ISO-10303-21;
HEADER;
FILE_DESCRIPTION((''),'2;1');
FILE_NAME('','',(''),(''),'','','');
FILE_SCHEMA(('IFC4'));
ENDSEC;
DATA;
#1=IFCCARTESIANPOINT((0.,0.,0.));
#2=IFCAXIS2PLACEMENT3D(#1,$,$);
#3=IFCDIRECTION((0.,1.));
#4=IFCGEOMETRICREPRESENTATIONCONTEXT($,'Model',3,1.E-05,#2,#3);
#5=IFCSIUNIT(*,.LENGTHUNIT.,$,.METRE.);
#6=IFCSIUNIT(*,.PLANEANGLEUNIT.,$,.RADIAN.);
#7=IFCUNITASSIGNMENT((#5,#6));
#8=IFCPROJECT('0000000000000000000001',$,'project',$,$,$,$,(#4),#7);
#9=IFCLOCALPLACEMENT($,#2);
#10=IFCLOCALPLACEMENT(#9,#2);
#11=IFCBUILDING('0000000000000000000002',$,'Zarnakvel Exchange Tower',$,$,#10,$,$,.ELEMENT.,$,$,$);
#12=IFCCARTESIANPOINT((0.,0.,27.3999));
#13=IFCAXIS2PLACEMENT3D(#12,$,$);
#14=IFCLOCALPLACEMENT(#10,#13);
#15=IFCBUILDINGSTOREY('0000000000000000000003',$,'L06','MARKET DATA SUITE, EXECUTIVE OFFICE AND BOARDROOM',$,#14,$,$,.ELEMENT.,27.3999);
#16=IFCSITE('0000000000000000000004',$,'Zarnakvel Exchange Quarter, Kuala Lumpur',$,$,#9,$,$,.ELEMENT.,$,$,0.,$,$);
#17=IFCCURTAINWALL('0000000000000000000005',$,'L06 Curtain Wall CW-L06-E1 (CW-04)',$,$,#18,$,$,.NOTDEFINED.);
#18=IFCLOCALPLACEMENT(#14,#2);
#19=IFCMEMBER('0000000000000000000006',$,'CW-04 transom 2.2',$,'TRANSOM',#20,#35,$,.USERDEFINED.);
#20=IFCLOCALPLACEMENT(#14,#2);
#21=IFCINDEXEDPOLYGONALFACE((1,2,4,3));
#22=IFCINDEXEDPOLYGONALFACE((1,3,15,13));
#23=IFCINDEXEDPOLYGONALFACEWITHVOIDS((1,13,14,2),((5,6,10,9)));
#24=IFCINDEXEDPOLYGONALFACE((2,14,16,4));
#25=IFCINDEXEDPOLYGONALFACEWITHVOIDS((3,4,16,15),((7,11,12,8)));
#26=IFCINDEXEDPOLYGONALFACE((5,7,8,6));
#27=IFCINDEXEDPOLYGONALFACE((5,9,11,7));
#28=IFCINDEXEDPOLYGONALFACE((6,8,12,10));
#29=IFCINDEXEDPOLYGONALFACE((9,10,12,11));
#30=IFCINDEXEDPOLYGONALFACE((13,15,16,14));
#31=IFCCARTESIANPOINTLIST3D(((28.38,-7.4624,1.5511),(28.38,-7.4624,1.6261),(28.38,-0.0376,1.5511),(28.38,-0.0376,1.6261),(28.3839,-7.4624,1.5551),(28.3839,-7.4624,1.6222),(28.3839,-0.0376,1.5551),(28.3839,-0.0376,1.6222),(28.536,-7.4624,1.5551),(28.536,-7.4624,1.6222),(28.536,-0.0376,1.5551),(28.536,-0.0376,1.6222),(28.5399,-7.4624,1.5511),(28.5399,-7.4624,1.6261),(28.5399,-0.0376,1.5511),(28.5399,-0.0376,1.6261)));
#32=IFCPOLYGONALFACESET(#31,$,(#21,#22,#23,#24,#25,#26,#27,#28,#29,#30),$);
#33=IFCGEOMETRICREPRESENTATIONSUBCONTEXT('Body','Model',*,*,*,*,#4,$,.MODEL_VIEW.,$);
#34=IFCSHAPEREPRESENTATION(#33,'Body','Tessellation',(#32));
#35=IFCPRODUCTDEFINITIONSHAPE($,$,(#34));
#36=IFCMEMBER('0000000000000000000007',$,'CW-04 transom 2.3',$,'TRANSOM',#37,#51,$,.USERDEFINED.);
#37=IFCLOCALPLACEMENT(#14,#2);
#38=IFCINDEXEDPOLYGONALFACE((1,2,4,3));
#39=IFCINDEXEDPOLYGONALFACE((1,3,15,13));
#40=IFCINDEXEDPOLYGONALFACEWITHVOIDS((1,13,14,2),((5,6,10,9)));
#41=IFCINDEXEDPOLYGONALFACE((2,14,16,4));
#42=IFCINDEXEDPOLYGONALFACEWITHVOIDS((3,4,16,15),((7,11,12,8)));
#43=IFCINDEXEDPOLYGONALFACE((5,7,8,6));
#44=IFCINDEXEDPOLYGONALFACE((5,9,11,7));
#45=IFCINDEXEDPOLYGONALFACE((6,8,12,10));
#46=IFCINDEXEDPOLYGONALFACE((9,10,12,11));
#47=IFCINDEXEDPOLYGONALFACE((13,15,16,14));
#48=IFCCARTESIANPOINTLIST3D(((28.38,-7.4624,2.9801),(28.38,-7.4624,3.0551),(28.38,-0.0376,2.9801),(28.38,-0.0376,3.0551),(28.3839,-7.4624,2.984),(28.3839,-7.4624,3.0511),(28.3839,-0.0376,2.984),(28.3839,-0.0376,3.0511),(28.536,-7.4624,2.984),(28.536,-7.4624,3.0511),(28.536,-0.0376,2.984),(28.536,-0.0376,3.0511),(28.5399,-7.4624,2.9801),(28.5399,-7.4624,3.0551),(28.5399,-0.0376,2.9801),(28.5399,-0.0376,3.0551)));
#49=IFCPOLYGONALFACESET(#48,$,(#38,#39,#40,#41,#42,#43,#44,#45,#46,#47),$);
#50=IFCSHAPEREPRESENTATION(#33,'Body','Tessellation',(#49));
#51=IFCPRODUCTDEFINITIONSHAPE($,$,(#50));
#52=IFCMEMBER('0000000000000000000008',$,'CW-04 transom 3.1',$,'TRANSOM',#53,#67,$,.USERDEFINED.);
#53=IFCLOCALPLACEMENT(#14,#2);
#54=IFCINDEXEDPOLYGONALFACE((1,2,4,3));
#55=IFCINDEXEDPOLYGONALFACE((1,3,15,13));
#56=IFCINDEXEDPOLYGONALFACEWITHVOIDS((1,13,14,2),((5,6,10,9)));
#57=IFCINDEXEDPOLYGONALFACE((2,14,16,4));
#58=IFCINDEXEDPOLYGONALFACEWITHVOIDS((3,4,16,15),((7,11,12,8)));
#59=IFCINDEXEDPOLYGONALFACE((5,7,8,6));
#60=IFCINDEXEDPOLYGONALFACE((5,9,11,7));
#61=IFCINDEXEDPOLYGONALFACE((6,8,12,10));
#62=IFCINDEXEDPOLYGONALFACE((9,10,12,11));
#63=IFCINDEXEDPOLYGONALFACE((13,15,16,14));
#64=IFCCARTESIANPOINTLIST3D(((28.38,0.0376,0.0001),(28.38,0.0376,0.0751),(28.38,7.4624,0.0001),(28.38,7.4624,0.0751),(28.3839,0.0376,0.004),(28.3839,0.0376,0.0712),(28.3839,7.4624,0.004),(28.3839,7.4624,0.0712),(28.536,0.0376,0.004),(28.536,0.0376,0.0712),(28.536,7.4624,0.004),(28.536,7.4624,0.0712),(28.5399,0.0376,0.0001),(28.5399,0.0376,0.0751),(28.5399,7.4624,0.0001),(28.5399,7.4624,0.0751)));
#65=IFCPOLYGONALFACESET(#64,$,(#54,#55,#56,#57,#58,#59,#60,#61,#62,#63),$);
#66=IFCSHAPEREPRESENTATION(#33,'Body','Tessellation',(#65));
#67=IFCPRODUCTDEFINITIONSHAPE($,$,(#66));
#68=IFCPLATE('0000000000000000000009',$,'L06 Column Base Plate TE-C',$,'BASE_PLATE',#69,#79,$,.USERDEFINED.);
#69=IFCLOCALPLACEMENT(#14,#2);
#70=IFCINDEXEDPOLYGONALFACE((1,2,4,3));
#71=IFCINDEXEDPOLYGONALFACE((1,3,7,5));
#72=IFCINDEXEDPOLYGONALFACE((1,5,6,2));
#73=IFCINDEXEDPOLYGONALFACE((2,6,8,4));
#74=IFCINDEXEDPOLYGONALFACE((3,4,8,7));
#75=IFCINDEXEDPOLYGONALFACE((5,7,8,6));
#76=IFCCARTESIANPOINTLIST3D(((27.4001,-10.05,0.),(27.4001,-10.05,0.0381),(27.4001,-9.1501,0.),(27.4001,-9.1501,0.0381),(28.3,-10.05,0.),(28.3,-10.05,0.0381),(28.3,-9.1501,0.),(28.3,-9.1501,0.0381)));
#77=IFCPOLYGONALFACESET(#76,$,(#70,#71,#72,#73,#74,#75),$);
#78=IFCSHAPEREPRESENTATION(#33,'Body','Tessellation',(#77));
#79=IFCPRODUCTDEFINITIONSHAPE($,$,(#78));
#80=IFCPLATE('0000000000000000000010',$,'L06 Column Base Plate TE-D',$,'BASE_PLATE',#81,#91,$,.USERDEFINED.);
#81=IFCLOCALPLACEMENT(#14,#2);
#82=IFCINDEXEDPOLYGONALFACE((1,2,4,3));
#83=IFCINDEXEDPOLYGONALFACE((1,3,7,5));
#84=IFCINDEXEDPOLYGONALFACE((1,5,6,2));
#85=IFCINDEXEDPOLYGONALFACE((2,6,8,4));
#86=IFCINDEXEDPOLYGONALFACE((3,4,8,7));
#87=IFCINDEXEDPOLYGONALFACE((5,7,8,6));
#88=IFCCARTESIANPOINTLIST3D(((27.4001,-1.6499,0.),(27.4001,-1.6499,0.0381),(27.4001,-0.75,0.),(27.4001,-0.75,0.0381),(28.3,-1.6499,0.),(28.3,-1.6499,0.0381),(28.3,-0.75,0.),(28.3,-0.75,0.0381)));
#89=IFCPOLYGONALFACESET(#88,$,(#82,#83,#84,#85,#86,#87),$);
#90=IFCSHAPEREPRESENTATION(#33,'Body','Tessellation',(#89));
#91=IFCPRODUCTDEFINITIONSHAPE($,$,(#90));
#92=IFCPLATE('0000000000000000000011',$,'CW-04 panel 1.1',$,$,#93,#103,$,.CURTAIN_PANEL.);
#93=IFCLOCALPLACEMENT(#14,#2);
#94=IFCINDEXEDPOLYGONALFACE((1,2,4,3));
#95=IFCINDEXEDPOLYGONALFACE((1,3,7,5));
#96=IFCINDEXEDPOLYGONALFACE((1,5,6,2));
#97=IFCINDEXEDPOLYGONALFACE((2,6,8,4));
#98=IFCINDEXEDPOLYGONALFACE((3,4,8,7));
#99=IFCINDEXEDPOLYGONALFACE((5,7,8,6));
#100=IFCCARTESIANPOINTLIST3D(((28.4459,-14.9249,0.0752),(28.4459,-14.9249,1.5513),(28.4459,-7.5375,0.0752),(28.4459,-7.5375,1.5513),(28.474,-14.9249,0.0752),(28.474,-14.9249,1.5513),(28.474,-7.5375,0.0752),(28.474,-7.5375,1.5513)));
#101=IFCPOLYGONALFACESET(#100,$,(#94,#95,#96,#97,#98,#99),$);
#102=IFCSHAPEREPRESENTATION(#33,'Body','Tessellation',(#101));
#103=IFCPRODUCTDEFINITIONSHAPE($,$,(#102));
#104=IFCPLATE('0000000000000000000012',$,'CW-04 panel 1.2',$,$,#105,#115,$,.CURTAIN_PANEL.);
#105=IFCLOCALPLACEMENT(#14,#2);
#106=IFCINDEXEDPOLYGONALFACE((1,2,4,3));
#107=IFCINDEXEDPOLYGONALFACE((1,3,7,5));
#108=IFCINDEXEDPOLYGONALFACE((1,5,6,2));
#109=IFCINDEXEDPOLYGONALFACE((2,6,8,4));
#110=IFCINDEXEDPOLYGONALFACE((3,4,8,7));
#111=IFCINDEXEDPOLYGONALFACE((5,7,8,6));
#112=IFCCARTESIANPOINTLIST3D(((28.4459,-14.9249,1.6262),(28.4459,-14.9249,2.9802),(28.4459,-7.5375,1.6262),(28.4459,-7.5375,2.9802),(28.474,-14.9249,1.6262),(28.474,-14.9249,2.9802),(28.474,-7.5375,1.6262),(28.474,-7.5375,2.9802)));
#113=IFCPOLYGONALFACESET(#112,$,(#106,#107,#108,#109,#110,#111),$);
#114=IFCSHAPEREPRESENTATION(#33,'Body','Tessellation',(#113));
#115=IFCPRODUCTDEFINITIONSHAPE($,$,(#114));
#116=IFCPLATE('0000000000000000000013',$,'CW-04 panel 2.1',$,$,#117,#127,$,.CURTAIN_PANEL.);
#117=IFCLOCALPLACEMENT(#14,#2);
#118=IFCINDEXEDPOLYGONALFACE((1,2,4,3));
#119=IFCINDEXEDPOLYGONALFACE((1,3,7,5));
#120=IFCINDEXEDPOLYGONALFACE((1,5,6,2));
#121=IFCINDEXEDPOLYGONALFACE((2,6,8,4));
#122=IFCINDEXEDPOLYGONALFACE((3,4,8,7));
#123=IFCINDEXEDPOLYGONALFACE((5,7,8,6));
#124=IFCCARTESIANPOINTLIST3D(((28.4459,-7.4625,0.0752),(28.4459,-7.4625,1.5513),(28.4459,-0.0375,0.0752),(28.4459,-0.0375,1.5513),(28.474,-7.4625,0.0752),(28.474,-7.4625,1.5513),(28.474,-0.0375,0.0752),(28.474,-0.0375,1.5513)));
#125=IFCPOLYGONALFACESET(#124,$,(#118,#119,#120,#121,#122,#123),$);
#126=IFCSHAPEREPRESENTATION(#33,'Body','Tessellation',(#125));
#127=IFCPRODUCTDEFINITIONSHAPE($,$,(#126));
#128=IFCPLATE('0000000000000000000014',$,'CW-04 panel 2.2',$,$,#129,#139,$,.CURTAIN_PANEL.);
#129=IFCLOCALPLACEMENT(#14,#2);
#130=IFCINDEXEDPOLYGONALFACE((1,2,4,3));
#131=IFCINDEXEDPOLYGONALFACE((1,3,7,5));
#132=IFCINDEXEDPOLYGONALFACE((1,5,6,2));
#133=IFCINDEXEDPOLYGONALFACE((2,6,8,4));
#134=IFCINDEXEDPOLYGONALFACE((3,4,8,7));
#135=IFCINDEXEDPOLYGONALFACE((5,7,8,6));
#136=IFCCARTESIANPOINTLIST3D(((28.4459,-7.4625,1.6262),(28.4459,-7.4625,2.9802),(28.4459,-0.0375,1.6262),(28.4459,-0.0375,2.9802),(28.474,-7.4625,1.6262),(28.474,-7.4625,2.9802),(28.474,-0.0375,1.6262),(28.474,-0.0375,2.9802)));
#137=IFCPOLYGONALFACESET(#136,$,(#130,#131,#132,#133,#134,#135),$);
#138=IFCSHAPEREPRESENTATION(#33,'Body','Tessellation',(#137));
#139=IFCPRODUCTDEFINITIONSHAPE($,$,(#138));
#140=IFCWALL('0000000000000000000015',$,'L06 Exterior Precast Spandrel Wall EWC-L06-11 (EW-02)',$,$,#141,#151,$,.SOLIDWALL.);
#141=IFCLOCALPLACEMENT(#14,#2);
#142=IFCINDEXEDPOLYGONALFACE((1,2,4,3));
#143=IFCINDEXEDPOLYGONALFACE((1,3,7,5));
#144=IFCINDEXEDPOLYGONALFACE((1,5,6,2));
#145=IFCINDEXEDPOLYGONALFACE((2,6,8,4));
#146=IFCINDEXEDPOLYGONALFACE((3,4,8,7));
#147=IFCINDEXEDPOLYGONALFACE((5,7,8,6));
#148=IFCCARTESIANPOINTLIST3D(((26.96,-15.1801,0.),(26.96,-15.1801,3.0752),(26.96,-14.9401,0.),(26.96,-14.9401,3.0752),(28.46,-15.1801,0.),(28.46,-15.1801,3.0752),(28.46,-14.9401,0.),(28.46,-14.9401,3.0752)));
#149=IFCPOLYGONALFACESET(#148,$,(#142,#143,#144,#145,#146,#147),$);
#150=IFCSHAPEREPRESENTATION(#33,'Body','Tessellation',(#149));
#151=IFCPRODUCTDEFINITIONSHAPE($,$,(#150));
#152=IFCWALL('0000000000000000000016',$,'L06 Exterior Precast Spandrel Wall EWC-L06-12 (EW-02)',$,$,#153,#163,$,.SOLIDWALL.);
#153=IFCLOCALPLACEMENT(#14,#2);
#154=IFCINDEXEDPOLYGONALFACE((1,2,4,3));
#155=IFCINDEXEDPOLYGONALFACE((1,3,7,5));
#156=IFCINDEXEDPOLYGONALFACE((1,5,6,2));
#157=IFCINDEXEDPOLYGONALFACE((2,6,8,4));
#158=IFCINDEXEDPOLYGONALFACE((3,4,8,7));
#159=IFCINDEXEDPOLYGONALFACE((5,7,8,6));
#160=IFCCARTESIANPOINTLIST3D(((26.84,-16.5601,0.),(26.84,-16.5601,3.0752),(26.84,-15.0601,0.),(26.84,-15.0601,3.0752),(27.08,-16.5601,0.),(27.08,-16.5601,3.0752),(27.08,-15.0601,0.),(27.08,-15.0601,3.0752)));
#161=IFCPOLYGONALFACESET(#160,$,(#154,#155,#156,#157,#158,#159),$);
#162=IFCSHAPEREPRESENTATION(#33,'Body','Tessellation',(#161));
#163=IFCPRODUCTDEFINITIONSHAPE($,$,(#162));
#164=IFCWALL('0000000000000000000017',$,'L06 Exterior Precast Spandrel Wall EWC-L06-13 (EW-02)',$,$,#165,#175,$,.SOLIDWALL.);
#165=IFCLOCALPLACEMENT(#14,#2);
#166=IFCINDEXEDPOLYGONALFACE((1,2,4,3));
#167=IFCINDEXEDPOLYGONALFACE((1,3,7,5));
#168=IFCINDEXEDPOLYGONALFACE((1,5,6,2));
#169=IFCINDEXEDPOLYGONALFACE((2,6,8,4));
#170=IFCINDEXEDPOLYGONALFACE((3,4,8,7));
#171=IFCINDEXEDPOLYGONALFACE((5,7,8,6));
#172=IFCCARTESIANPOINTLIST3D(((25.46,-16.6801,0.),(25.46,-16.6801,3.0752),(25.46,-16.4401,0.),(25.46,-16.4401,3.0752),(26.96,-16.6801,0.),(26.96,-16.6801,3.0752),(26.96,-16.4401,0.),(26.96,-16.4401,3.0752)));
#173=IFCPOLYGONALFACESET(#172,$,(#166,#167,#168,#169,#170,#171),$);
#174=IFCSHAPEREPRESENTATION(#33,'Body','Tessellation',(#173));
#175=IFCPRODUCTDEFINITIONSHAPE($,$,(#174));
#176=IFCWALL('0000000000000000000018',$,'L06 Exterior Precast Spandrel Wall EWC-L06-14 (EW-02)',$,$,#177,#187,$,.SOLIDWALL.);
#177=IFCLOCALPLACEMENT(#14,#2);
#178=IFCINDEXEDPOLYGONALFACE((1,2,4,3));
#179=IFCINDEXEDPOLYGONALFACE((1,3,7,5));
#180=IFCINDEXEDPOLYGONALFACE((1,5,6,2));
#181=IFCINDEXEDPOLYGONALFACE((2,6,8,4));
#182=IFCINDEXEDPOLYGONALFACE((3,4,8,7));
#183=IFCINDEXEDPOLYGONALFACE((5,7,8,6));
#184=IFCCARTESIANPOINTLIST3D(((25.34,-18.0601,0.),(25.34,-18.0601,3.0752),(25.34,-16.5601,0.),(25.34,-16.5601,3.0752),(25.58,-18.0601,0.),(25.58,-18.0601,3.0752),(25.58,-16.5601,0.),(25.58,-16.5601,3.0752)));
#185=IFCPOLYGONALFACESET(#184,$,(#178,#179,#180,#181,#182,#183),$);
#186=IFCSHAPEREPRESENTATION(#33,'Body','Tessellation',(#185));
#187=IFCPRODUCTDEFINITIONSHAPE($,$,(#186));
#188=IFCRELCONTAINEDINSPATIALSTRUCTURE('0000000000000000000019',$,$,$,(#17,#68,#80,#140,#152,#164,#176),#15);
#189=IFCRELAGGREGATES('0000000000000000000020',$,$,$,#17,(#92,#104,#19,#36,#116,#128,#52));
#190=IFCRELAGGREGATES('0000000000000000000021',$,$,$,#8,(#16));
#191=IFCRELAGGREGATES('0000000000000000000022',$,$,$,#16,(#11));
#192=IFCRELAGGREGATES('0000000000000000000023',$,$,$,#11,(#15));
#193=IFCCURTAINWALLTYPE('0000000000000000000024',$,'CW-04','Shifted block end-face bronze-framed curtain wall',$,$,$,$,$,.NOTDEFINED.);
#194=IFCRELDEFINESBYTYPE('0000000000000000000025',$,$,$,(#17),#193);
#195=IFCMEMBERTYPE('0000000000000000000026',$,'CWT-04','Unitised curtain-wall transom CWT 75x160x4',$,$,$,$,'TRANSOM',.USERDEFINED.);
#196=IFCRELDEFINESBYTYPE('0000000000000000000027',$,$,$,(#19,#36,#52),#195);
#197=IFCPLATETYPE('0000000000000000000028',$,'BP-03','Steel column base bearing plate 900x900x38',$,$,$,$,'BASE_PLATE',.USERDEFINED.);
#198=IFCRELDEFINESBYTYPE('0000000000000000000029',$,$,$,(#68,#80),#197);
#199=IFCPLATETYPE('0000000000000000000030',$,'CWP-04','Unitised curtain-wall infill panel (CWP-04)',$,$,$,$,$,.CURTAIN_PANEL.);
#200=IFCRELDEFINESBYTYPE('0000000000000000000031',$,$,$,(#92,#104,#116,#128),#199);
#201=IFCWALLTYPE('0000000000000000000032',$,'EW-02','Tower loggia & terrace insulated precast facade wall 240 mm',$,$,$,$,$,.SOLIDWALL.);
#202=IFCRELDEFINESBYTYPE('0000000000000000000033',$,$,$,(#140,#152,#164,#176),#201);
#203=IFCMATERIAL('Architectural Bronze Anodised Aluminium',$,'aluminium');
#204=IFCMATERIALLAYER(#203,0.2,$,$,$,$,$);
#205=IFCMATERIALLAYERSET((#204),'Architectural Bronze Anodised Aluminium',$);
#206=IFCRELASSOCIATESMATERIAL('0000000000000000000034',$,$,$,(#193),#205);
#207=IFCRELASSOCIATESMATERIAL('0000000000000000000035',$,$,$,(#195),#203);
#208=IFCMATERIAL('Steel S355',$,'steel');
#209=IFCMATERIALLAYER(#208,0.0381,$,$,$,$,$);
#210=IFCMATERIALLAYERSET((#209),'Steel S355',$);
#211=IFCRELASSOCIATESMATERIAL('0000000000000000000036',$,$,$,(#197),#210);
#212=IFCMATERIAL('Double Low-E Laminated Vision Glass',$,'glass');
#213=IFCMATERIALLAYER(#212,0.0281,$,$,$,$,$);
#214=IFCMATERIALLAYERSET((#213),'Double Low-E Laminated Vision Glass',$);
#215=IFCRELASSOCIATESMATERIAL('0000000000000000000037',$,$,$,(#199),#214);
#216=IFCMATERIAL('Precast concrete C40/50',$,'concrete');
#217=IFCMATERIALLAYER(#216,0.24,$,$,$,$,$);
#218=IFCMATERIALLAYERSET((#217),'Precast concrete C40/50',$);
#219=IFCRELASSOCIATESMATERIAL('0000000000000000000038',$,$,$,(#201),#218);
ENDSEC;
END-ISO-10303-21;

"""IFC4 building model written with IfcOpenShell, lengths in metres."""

from ifc_helpers import new_model, si_unit, direction, frame, frame_2d, origin, origin_2d, place, context, subcontext, project, spatial, rectangle, hollow_rectangle, extrude, source, transform, mapped, material, layer, layer_set, material_profile, profile_set, type_object, element, aggregate, save


model = new_model("IFC4")

# Units and contexts
model_context = context("Model", 3, precision=1e-05, world=origin(), true_north=direction((0.0, 1.0)))
body_context = subcontext(model_context, "Body", "Model", "MODEL_VIEW")
ifc_project = project(units=[si_unit("LENGTHUNIT", "METRE"), si_unit("PLANEANGLEUNIT", "RADIAN")], contexts=[model_context])

# Site, building, storey
site_placement = place(None, origin())
site = spatial("IfcSite", under=ifc_project, at=site_placement, Name="Zarnakvel Exchange Quarter, Kuala Lumpur", CompositionType="ELEMENT", RefElevation=0.0)
building_placement = place(site_placement, origin())
building = spatial("IfcBuilding", under=site, at=building_placement, Name="Zarnakvel Exchange Tower", CompositionType="ELEMENT")
storey_placement = place(building_placement, frame((0.0, 0.0, 27.3999)))
storey = spatial("IfcBuildingStorey", under=building, at=storey_placement, Name="L06", Description="MARKET DATA SUITE, EXECUTIVE OFFICE AND BOARDROOM", CompositionType="ELEMENT", Elevation=27.3999)

# Shared definitions
ifc_material_1 = material(Name="Steel S355", Category="steel")

# Curtain wall, members
ifc_material_2 = material(Name="Architectural Bronze Anodised Aluminium", Category="aluminium")
ifc_layer_1 = layer(ifc_material_2, 0.2)
ifc_layer_set_1 = layer_set([ifc_layer_1], Name="Architectural Bronze Anodised Aluminium")
curtain_wall_type = type_object("IfcCurtainWallType", Name="CW-04", Description="Shifted block end-face bronze-framed curtain wall", PredefinedType="NOTDEFINED", material=ifc_layer_set_1)
curtain_wall_placement = place(storey_placement, origin())
curtain_wall = element("IfcCurtainWall", 1, at=curtain_wall_placement, inside=storey, type_object=curtain_wall_type, Name="L06 Curtain Wall CW-L06-E1 (CW-04)", PredefinedType="NOTDEFINED")
ifc_material_profile_1 = material_profile(ifc_material_2, hollow_rectangle(XDim=0.1599, YDim=0.075, WallThickness=0.0039, at=origin_2d()))
ifc_profile_set_1 = profile_set([ifc_material_profile_1], Name="Architectural Bronze Anodised Aluminium")
member_type_1 = type_object("IfcMemberType", Name="CWT-04", Description="Unitised curtain-wall transom CWT 75x160x4", ElementType="TRANSOM", PredefinedType="USERDEFINED", material=ifc_profile_set_1)
shared_shape_1 = source(origin(), body_context, "Body", "SweptSolid", [
    extrude(hollow_rectangle(XDim=0.1599, YDim=0.075, WallThickness=0.0039, at=origin_2d()), origin(), (0.0, 0.0, 1.0), 7.4248),
])
member_1_placement = place(storey_placement, frame((28.46, -7.4624, 1.5886), z_axis=(0.0, 1.0, 0.0), x_axis=(-1.0, 0.0, 0.0)))
member_1 = element("IfcMember", 2, at=member_1_placement, type_object=member_type_1, Name="CW-04 transom 2.2", ObjectType="TRANSOM", PredefinedType="USERDEFINED", context=body_context, shape_type="MappedRepresentation", body=[
    mapped(shared_shape_1, transform((0.0, 0.0, 0.0), x_axis=(1.0, 0.0, 0.0), y_axis=(0.0, 1.0, 0.0), z_axis=(0.0, 0.0, 1.0), scale=1.0)),
])
member_2_placement = place(storey_placement, frame((28.46, -7.4624, 3.0176), z_axis=(0.0, 1.0, 0.0), x_axis=(-1.0, 0.0, 0.0)))
member_2 = element("IfcMember", 3, at=member_2_placement, type_object=member_type_1, Name="CW-04 transom 2.3", ObjectType="TRANSOM", PredefinedType="USERDEFINED", context=body_context, shape_type="MappedRepresentation", body=[
    mapped(shared_shape_1, transform((0.0, 0.0, 0.0), x_axis=(1.0, 0.0, 0.0), y_axis=(0.0, 1.0, 0.0), z_axis=(0.0, 0.0, 1.0), scale=1.0)),
])
member_3_placement = place(storey_placement, frame((28.46, 0.0376, 0.0376), z_axis=(0.0, 1.0, 0.0), x_axis=(-1.0, 0.0, 0.0)))
member_3 = element("IfcMember", 4, at=member_3_placement, type_object=member_type_1, Name="CW-04 transom 3.1", ObjectType="TRANSOM", PredefinedType="USERDEFINED", context=body_context, shape_type="MappedRepresentation", body=[
    mapped(shared_shape_1, transform((0.0, 0.0, 0.0), x_axis=(1.0, 0.0, 0.0), y_axis=(0.0, 1.0, 0.0), z_axis=(0.0, 0.0, 1.0), scale=1.0)),
])

# Plates
ifc_layer_2 = layer(ifc_material_1, 0.0381)
ifc_layer_set_2 = layer_set([ifc_layer_2], Name="Steel S355")
plate_type_1 = type_object("IfcPlateType", Name="BP-03", Description="Steel column base bearing plate 900x900x38", ElementType="BASE_PLATE", PredefinedType="USERDEFINED", material=ifc_layer_set_2)
shared_shape_2 = source(origin(), body_context, "Body", "SweptSolid", [
    extrude(rectangle(XDim=0.8999, YDim=0.8999, at=origin_2d()), origin(), (0.0, 0.0, 1.0), 0.0381),
])
for number, where, z_axis, x_axis, name in (
    (5, (27.8501, -9.6001, 0.0), (0.0, 0.0, 1.0), (1.0, 0.0, 0.0), "L06 Column Base Plate TE-C"),
    (6, (27.8501, -1.2, 0.0), (0.0, 0.0, 1.0), (1.0, 0.0, 0.0), "L06 Column Base Plate TE-D"),
):
    element("IfcPlate", number, at=place(storey_placement, frame(where, z_axis=z_axis, x_axis=x_axis)), inside=storey, type_object=plate_type_1, Name=name, ObjectType="BASE_PLATE", PredefinedType="USERDEFINED", context=body_context, shape_type="MappedRepresentation", body=[
        mapped(shared_shape_2, transform((0.0, 0.0, 0.0), x_axis=(1.0, 0.0, 0.0), y_axis=(0.0, 1.0, 0.0), z_axis=(0.0, 0.0, 1.0), scale=1.0)),
    ])

# Plates
ifc_material_3 = material(Name="Double Low-E Laminated Vision Glass", Category="glass")
ifc_layer_3 = layer(ifc_material_3, 0.0281)
ifc_layer_set_3 = layer_set([ifc_layer_3], Name="Double Low-E Laminated Vision Glass")
plate_type_2 = type_object("IfcPlateType", Name="CWP-04", Description="Unitised curtain-wall infill panel (CWP-04)", PredefinedType="CURTAIN_PANEL", material=ifc_layer_set_3)
shared_shape_3 = source(origin(), body_context, "Body", "SweptSolid", [
    extrude(rectangle(XDim=7.3875, YDim=0.0281, at=origin_2d()), origin(), (0.0, 0.0, 1.0), 1.4761),
])
plate_1_placement = place(storey_placement, frame((28.46, -11.2312, 0.0752), z_axis=(0.0, 0.0, 1.0), x_axis=(0.0, 1.0, 0.0)))
plate_1 = element("IfcPlate", 7, at=plate_1_placement, type_object=plate_type_2, Name="CW-04 panel 1.1", PredefinedType="CURTAIN_PANEL", context=body_context, shape_type="MappedRepresentation", body=[
    mapped(shared_shape_3, transform((0.0, 0.0, 0.0), x_axis=(1.0, 0.0, 0.0), y_axis=(0.0, 1.0, 0.0), z_axis=(0.0, 0.0, 1.0), scale=1.0)),
])
shared_shape_4 = source(origin(), body_context, "Body", "SweptSolid", [
    extrude(rectangle(XDim=7.3875, YDim=0.0281, at=origin_2d()), origin(), (0.0, 0.0, 1.0), 1.354),
])
plate_2_placement = place(storey_placement, frame((28.46, -11.2312, 1.6262), z_axis=(0.0, 0.0, 1.0), x_axis=(0.0, 1.0, 0.0)))
plate_2 = element("IfcPlate", 8, at=plate_2_placement, type_object=plate_type_2, Name="CW-04 panel 1.2", PredefinedType="CURTAIN_PANEL", context=body_context, shape_type="MappedRepresentation", body=[
    mapped(shared_shape_4, transform((0.0, 0.0, 0.0), x_axis=(1.0, 0.0, 0.0), y_axis=(0.0, 1.0, 0.0), z_axis=(0.0, 0.0, 1.0), scale=1.0)),
])
shared_shape_5 = source(origin(), body_context, "Body", "SweptSolid", [
    extrude(rectangle(XDim=7.425, YDim=0.0281, at=origin_2d()), origin(), (0.0, 0.0, 1.0), 1.4761),
])
plate_3_placement = place(storey_placement, frame((28.46, -3.75, 0.0752), z_axis=(0.0, 0.0, 1.0), x_axis=(0.0, 1.0, 0.0)))
plate_3 = element("IfcPlate", 9, at=plate_3_placement, type_object=plate_type_2, Name="CW-04 panel 2.1", PredefinedType="CURTAIN_PANEL", context=body_context, shape_type="MappedRepresentation", body=[
    mapped(shared_shape_5, transform((0.0, 0.0, 0.0), x_axis=(1.0, 0.0, 0.0), y_axis=(0.0, 1.0, 0.0), z_axis=(0.0, 0.0, 1.0), scale=1.0)),
])
shared_shape_6 = source(origin(), body_context, "Body", "SweptSolid", [
    extrude(rectangle(XDim=7.425, YDim=0.0281, at=origin_2d()), origin(), (0.0, 0.0, 1.0), 1.354),
])
plate_4_placement = place(storey_placement, frame((28.46, -3.75, 1.6262), z_axis=(0.0, 0.0, 1.0), x_axis=(0.0, 1.0, 0.0)))
plate_4 = element("IfcPlate", 10, at=plate_4_placement, type_object=plate_type_2, Name="CW-04 panel 2.2", PredefinedType="CURTAIN_PANEL", context=body_context, shape_type="MappedRepresentation", body=[
    mapped(shared_shape_6, transform((0.0, 0.0, 0.0), x_axis=(1.0, 0.0, 0.0), y_axis=(0.0, 1.0, 0.0), z_axis=(0.0, 0.0, 1.0), scale=1.0)),
])
aggregate(curtain_wall, [plate_1, plate_2, member_1, member_2, plate_3, plate_4, member_3])

# Walls
ifc_material_4 = material(Name="Precast concrete C40/50", Category="concrete")
ifc_layer_4 = layer(ifc_material_4, 0.24)
ifc_layer_set_4 = layer_set([ifc_layer_4], Name="Precast concrete C40/50")
wall_type_1 = type_object("IfcWallType", Name="EW-02", Description="Tower loggia & terrace insulated precast facade wall 240 mm", PredefinedType="SOLIDWALL", material=ifc_layer_set_4)
for number, where, z_axis, x_axis, name in (
    (11, (26.96, -15.0601, 0.0), (0.0, 0.0, 1.0), (1.0, 0.0, 0.0), "L06 Exterior Precast Spandrel Wall EWC-L06-11 (EW-02)"),
    (12, (26.96, -16.5601, 0.0), (0.0, 0.0, 1.0), (0.0, 1.0, 0.0), "L06 Exterior Precast Spandrel Wall EWC-L06-12 (EW-02)"),
    (13, (25.46, -16.5601, 0.0), (0.0, 0.0, 1.0), (1.0, 0.0, 0.0), "L06 Exterior Precast Spandrel Wall EWC-L06-13 (EW-02)"),
    (14, (25.46, -18.0601, 0.0), (0.0, 0.0, 1.0), (0.0, 1.0, 0.0), "L06 Exterior Precast Spandrel Wall EWC-L06-14 (EW-02)"),
):
    element("IfcWall", number, at=place(storey_placement, frame(where, z_axis=z_axis, x_axis=x_axis)), inside=storey, type_object=wall_type_1, Name=name, PredefinedType="SOLIDWALL", context=body_context, shape_type="SweptSolid", body=[
        extrude(rectangle(XDim=1.5, YDim=0.24, at=frame_2d((0.75, 0.0))), origin(), (0.0, 0.0, 1.0), 3.0752),
    ])

save(model, "model.ifc")
